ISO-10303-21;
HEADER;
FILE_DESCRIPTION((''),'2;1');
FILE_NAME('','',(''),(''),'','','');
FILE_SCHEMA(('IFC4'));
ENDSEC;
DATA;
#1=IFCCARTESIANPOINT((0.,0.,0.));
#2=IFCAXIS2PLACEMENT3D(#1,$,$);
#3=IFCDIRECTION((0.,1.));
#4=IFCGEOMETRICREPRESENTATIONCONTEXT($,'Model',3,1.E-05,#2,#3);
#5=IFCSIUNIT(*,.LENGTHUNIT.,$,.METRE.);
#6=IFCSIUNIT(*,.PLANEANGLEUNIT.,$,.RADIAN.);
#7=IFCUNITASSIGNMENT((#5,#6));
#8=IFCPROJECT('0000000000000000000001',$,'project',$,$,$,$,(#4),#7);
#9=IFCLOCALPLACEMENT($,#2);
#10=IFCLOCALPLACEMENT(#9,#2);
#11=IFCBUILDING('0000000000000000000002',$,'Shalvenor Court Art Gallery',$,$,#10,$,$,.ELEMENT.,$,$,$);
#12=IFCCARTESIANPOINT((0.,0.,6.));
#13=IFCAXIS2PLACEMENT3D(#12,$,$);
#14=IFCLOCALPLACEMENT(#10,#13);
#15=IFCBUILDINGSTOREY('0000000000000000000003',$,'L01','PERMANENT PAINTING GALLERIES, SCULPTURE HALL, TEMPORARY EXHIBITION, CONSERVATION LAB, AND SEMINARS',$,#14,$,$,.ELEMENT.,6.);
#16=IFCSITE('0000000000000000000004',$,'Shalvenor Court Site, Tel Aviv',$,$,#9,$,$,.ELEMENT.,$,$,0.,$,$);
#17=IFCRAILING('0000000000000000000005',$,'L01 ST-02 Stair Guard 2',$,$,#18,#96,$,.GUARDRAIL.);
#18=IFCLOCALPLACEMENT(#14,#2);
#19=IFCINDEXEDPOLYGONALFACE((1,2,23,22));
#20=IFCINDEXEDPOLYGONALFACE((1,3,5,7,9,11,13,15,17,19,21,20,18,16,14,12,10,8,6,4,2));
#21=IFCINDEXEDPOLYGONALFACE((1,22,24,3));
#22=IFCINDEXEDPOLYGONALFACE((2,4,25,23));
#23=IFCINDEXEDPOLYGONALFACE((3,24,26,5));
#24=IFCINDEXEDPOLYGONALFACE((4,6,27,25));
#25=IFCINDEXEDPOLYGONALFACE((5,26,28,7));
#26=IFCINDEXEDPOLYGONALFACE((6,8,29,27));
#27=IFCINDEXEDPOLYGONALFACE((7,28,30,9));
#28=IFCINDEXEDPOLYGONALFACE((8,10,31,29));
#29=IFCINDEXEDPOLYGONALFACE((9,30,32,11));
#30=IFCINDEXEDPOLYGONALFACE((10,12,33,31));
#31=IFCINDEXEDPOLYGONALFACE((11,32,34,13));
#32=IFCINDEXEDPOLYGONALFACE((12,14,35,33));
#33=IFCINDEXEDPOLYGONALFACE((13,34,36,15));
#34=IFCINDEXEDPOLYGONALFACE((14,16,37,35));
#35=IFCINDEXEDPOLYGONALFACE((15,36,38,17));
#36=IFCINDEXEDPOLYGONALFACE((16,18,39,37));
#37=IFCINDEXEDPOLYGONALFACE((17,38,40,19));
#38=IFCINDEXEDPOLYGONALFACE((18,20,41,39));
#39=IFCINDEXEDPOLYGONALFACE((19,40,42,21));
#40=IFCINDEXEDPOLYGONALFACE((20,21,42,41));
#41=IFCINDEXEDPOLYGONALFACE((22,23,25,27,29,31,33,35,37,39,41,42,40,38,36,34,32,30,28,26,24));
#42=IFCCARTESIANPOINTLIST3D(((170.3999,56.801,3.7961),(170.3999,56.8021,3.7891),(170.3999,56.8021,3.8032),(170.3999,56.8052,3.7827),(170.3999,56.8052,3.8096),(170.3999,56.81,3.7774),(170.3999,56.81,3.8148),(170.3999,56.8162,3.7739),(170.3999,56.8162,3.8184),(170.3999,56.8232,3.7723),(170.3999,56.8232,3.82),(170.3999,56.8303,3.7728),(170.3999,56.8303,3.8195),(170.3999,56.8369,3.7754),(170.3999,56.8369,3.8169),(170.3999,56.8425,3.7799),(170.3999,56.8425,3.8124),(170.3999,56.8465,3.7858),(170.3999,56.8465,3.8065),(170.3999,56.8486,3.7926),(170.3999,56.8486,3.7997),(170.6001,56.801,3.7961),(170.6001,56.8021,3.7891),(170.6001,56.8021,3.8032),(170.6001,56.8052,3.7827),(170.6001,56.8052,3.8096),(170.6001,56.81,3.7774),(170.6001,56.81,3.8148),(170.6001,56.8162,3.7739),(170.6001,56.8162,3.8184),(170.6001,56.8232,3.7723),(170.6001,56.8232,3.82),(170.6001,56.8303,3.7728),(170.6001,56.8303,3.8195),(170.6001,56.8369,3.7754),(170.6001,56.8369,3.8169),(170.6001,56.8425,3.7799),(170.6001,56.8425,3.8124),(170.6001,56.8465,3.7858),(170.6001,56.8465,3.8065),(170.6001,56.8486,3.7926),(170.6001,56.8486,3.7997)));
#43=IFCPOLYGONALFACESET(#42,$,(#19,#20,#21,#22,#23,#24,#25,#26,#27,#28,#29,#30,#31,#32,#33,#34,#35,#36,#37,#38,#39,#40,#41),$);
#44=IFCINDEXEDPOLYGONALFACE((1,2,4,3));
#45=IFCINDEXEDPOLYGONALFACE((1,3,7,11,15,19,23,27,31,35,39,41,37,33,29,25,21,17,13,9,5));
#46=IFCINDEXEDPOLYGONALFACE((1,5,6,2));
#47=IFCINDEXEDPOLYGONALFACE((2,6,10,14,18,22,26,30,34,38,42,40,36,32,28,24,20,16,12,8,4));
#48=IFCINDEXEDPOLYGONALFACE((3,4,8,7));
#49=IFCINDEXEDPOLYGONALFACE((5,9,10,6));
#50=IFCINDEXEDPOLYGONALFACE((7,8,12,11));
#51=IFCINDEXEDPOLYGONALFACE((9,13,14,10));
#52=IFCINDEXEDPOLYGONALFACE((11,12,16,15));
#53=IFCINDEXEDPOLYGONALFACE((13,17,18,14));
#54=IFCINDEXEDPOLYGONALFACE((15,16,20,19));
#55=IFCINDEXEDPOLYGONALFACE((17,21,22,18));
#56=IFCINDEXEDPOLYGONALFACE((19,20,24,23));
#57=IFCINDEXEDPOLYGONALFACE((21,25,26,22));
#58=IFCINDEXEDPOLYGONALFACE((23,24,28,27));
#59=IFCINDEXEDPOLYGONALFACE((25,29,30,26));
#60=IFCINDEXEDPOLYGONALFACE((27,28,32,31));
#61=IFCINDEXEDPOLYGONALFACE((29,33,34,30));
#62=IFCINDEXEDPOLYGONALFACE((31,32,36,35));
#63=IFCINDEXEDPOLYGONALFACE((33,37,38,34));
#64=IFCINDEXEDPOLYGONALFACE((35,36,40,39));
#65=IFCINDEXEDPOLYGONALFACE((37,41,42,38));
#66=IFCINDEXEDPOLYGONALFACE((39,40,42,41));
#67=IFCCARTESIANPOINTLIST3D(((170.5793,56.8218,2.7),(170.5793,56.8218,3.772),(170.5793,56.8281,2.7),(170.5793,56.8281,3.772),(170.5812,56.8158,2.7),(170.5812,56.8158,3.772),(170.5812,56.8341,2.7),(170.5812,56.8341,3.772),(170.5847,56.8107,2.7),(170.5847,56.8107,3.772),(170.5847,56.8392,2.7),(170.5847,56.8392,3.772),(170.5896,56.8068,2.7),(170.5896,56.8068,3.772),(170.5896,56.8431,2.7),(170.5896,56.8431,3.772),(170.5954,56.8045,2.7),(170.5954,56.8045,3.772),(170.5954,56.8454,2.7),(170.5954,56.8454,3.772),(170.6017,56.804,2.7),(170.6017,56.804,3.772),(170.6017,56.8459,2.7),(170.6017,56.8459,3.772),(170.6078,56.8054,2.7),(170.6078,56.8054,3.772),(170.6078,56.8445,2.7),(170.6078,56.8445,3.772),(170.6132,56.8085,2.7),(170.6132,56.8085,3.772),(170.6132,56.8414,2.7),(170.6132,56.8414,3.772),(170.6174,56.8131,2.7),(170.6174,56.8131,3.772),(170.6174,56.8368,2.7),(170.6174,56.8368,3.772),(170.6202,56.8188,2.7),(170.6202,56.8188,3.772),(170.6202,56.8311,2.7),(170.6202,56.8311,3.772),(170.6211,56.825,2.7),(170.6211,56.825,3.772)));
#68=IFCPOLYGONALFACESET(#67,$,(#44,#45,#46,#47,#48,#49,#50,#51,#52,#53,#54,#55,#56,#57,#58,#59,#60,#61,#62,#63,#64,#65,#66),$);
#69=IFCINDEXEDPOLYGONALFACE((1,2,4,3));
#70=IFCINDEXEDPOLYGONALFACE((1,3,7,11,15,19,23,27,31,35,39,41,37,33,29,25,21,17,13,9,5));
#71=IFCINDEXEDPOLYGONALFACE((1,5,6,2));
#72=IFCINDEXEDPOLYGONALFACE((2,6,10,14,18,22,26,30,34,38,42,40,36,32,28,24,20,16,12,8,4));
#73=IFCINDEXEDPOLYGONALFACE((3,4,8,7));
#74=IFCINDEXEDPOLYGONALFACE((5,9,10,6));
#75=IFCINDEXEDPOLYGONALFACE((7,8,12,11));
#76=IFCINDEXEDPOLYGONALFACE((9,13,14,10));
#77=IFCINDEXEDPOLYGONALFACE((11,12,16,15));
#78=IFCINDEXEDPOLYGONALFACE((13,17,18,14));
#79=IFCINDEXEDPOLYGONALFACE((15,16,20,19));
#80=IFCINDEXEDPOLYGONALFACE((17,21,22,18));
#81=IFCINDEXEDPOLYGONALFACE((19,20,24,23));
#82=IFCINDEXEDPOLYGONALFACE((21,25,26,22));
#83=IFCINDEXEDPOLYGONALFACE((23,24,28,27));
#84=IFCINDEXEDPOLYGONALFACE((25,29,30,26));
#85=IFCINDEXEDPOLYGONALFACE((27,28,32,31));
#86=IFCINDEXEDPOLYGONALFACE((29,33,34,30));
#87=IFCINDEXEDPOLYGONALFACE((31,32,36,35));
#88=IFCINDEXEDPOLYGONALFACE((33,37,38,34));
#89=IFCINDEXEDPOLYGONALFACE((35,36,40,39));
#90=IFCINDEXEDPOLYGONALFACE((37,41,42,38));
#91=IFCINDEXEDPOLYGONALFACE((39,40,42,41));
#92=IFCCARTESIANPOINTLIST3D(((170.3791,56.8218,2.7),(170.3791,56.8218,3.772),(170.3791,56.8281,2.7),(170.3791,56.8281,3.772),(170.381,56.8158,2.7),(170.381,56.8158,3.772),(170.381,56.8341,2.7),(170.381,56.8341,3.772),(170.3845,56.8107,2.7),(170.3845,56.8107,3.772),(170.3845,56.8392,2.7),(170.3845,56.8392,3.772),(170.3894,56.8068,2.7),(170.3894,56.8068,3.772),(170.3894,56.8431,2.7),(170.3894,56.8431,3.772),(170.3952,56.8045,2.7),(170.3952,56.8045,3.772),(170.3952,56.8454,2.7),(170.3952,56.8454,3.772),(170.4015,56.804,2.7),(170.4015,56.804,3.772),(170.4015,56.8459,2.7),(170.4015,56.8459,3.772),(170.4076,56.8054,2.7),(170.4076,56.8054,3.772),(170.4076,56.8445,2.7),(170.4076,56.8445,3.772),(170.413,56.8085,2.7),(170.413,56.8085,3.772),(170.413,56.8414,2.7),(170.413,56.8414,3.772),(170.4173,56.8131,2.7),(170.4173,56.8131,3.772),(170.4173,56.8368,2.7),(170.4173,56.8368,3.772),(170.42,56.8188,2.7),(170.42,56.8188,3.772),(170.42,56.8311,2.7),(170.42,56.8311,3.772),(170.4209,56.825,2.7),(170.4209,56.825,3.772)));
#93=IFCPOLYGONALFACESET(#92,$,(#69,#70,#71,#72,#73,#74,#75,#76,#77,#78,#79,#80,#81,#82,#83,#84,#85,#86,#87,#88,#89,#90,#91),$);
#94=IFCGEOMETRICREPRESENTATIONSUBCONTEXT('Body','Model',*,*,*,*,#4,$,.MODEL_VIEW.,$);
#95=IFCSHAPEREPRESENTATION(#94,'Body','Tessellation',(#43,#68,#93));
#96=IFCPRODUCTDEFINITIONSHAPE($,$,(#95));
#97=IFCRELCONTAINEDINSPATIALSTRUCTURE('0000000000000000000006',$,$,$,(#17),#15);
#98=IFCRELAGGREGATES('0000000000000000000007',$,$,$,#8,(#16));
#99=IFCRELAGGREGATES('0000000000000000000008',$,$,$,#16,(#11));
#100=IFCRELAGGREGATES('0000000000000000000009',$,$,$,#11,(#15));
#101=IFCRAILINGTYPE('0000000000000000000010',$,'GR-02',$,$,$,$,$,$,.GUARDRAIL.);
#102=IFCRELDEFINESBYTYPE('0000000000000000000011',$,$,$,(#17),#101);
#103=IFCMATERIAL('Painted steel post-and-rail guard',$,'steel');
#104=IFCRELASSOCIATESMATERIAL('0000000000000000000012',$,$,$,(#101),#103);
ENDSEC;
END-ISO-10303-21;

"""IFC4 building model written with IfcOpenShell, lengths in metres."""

from ifc_helpers import new_model, si_unit, direction, frame, origin, origin_2d, place, context, subcontext, project, spatial, circle, extrude, material, type_object, element, save


model = new_model("IFC4")

# Units and contexts
model_context = context("Model", 3, precision=1e-05, world=origin(), true_north=direction((0.0, 1.0)))
body_context = subcontext(model_context, "Body", "Model", "MODEL_VIEW")
ifc_project = project(units=[si_unit("LENGTHUNIT", "METRE"), si_unit("PLANEANGLEUNIT", "RADIAN")], contexts=[model_context])

# Site, building, storey
site_placement = place(None, origin())
site = spatial("IfcSite", under=ifc_project, at=site_placement, Name="Shalvenor Court Site, Tel Aviv", CompositionType="ELEMENT", RefElevation=0.0)
building_placement = place(site_placement, origin())
building = spatial("IfcBuilding", under=site, at=building_placement, Name="Shalvenor Court Art Gallery", CompositionType="ELEMENT")
storey_placement = place(building_placement, frame((0.0, 0.0, 6.0)))
storey = spatial("IfcBuildingStorey", under=building, at=storey_placement, Name="L01", Description="PERMANENT PAINTING GALLERIES, SCULPTURE HALL, TEMPORARY EXHIBITION, CONSERVATION LAB, AND SEMINARS", CompositionType="ELEMENT", Elevation=6.0)

# Railing
ifc_material_1 = material(Name="Painted steel post-and-rail guard", Category="steel")
railing_type_1 = type_object("IfcRailingType", Name="GR-02", PredefinedType="GUARDRAIL", material=ifc_material_1)
railing_1_placement = place(storey_placement, frame((170.6001, 56.825, 2.7)))
element("IfcRailing", 1, at=railing_1_placement, inside=storey, type_object=railing_type_1, Name="L01 ST-02 Stair Guard 2", PredefinedType="GUARDRAIL", context=body_context, shape_type="SweptSolid", body=[
    extrude(circle(Radius=0.0239, at=origin_2d()), frame((0.0, 0.0, 1.0962), z_axis=(-1.0, 0.0, 0.0), x_axis=(0.0, -1.0, 0.0)), (0.0, 0.0, 1.0), 0.2002),
    extrude(circle(Radius=0.021, at=origin_2d()), origin(), (0.0, 0.0, 1.0), 1.072),
    extrude(circle(Radius=0.021, at=origin_2d()), frame((-0.2002, 0.0, 0.0)), (0.0, 0.0, 1.0), 1.072),
])

save(model, "model.ifc")
